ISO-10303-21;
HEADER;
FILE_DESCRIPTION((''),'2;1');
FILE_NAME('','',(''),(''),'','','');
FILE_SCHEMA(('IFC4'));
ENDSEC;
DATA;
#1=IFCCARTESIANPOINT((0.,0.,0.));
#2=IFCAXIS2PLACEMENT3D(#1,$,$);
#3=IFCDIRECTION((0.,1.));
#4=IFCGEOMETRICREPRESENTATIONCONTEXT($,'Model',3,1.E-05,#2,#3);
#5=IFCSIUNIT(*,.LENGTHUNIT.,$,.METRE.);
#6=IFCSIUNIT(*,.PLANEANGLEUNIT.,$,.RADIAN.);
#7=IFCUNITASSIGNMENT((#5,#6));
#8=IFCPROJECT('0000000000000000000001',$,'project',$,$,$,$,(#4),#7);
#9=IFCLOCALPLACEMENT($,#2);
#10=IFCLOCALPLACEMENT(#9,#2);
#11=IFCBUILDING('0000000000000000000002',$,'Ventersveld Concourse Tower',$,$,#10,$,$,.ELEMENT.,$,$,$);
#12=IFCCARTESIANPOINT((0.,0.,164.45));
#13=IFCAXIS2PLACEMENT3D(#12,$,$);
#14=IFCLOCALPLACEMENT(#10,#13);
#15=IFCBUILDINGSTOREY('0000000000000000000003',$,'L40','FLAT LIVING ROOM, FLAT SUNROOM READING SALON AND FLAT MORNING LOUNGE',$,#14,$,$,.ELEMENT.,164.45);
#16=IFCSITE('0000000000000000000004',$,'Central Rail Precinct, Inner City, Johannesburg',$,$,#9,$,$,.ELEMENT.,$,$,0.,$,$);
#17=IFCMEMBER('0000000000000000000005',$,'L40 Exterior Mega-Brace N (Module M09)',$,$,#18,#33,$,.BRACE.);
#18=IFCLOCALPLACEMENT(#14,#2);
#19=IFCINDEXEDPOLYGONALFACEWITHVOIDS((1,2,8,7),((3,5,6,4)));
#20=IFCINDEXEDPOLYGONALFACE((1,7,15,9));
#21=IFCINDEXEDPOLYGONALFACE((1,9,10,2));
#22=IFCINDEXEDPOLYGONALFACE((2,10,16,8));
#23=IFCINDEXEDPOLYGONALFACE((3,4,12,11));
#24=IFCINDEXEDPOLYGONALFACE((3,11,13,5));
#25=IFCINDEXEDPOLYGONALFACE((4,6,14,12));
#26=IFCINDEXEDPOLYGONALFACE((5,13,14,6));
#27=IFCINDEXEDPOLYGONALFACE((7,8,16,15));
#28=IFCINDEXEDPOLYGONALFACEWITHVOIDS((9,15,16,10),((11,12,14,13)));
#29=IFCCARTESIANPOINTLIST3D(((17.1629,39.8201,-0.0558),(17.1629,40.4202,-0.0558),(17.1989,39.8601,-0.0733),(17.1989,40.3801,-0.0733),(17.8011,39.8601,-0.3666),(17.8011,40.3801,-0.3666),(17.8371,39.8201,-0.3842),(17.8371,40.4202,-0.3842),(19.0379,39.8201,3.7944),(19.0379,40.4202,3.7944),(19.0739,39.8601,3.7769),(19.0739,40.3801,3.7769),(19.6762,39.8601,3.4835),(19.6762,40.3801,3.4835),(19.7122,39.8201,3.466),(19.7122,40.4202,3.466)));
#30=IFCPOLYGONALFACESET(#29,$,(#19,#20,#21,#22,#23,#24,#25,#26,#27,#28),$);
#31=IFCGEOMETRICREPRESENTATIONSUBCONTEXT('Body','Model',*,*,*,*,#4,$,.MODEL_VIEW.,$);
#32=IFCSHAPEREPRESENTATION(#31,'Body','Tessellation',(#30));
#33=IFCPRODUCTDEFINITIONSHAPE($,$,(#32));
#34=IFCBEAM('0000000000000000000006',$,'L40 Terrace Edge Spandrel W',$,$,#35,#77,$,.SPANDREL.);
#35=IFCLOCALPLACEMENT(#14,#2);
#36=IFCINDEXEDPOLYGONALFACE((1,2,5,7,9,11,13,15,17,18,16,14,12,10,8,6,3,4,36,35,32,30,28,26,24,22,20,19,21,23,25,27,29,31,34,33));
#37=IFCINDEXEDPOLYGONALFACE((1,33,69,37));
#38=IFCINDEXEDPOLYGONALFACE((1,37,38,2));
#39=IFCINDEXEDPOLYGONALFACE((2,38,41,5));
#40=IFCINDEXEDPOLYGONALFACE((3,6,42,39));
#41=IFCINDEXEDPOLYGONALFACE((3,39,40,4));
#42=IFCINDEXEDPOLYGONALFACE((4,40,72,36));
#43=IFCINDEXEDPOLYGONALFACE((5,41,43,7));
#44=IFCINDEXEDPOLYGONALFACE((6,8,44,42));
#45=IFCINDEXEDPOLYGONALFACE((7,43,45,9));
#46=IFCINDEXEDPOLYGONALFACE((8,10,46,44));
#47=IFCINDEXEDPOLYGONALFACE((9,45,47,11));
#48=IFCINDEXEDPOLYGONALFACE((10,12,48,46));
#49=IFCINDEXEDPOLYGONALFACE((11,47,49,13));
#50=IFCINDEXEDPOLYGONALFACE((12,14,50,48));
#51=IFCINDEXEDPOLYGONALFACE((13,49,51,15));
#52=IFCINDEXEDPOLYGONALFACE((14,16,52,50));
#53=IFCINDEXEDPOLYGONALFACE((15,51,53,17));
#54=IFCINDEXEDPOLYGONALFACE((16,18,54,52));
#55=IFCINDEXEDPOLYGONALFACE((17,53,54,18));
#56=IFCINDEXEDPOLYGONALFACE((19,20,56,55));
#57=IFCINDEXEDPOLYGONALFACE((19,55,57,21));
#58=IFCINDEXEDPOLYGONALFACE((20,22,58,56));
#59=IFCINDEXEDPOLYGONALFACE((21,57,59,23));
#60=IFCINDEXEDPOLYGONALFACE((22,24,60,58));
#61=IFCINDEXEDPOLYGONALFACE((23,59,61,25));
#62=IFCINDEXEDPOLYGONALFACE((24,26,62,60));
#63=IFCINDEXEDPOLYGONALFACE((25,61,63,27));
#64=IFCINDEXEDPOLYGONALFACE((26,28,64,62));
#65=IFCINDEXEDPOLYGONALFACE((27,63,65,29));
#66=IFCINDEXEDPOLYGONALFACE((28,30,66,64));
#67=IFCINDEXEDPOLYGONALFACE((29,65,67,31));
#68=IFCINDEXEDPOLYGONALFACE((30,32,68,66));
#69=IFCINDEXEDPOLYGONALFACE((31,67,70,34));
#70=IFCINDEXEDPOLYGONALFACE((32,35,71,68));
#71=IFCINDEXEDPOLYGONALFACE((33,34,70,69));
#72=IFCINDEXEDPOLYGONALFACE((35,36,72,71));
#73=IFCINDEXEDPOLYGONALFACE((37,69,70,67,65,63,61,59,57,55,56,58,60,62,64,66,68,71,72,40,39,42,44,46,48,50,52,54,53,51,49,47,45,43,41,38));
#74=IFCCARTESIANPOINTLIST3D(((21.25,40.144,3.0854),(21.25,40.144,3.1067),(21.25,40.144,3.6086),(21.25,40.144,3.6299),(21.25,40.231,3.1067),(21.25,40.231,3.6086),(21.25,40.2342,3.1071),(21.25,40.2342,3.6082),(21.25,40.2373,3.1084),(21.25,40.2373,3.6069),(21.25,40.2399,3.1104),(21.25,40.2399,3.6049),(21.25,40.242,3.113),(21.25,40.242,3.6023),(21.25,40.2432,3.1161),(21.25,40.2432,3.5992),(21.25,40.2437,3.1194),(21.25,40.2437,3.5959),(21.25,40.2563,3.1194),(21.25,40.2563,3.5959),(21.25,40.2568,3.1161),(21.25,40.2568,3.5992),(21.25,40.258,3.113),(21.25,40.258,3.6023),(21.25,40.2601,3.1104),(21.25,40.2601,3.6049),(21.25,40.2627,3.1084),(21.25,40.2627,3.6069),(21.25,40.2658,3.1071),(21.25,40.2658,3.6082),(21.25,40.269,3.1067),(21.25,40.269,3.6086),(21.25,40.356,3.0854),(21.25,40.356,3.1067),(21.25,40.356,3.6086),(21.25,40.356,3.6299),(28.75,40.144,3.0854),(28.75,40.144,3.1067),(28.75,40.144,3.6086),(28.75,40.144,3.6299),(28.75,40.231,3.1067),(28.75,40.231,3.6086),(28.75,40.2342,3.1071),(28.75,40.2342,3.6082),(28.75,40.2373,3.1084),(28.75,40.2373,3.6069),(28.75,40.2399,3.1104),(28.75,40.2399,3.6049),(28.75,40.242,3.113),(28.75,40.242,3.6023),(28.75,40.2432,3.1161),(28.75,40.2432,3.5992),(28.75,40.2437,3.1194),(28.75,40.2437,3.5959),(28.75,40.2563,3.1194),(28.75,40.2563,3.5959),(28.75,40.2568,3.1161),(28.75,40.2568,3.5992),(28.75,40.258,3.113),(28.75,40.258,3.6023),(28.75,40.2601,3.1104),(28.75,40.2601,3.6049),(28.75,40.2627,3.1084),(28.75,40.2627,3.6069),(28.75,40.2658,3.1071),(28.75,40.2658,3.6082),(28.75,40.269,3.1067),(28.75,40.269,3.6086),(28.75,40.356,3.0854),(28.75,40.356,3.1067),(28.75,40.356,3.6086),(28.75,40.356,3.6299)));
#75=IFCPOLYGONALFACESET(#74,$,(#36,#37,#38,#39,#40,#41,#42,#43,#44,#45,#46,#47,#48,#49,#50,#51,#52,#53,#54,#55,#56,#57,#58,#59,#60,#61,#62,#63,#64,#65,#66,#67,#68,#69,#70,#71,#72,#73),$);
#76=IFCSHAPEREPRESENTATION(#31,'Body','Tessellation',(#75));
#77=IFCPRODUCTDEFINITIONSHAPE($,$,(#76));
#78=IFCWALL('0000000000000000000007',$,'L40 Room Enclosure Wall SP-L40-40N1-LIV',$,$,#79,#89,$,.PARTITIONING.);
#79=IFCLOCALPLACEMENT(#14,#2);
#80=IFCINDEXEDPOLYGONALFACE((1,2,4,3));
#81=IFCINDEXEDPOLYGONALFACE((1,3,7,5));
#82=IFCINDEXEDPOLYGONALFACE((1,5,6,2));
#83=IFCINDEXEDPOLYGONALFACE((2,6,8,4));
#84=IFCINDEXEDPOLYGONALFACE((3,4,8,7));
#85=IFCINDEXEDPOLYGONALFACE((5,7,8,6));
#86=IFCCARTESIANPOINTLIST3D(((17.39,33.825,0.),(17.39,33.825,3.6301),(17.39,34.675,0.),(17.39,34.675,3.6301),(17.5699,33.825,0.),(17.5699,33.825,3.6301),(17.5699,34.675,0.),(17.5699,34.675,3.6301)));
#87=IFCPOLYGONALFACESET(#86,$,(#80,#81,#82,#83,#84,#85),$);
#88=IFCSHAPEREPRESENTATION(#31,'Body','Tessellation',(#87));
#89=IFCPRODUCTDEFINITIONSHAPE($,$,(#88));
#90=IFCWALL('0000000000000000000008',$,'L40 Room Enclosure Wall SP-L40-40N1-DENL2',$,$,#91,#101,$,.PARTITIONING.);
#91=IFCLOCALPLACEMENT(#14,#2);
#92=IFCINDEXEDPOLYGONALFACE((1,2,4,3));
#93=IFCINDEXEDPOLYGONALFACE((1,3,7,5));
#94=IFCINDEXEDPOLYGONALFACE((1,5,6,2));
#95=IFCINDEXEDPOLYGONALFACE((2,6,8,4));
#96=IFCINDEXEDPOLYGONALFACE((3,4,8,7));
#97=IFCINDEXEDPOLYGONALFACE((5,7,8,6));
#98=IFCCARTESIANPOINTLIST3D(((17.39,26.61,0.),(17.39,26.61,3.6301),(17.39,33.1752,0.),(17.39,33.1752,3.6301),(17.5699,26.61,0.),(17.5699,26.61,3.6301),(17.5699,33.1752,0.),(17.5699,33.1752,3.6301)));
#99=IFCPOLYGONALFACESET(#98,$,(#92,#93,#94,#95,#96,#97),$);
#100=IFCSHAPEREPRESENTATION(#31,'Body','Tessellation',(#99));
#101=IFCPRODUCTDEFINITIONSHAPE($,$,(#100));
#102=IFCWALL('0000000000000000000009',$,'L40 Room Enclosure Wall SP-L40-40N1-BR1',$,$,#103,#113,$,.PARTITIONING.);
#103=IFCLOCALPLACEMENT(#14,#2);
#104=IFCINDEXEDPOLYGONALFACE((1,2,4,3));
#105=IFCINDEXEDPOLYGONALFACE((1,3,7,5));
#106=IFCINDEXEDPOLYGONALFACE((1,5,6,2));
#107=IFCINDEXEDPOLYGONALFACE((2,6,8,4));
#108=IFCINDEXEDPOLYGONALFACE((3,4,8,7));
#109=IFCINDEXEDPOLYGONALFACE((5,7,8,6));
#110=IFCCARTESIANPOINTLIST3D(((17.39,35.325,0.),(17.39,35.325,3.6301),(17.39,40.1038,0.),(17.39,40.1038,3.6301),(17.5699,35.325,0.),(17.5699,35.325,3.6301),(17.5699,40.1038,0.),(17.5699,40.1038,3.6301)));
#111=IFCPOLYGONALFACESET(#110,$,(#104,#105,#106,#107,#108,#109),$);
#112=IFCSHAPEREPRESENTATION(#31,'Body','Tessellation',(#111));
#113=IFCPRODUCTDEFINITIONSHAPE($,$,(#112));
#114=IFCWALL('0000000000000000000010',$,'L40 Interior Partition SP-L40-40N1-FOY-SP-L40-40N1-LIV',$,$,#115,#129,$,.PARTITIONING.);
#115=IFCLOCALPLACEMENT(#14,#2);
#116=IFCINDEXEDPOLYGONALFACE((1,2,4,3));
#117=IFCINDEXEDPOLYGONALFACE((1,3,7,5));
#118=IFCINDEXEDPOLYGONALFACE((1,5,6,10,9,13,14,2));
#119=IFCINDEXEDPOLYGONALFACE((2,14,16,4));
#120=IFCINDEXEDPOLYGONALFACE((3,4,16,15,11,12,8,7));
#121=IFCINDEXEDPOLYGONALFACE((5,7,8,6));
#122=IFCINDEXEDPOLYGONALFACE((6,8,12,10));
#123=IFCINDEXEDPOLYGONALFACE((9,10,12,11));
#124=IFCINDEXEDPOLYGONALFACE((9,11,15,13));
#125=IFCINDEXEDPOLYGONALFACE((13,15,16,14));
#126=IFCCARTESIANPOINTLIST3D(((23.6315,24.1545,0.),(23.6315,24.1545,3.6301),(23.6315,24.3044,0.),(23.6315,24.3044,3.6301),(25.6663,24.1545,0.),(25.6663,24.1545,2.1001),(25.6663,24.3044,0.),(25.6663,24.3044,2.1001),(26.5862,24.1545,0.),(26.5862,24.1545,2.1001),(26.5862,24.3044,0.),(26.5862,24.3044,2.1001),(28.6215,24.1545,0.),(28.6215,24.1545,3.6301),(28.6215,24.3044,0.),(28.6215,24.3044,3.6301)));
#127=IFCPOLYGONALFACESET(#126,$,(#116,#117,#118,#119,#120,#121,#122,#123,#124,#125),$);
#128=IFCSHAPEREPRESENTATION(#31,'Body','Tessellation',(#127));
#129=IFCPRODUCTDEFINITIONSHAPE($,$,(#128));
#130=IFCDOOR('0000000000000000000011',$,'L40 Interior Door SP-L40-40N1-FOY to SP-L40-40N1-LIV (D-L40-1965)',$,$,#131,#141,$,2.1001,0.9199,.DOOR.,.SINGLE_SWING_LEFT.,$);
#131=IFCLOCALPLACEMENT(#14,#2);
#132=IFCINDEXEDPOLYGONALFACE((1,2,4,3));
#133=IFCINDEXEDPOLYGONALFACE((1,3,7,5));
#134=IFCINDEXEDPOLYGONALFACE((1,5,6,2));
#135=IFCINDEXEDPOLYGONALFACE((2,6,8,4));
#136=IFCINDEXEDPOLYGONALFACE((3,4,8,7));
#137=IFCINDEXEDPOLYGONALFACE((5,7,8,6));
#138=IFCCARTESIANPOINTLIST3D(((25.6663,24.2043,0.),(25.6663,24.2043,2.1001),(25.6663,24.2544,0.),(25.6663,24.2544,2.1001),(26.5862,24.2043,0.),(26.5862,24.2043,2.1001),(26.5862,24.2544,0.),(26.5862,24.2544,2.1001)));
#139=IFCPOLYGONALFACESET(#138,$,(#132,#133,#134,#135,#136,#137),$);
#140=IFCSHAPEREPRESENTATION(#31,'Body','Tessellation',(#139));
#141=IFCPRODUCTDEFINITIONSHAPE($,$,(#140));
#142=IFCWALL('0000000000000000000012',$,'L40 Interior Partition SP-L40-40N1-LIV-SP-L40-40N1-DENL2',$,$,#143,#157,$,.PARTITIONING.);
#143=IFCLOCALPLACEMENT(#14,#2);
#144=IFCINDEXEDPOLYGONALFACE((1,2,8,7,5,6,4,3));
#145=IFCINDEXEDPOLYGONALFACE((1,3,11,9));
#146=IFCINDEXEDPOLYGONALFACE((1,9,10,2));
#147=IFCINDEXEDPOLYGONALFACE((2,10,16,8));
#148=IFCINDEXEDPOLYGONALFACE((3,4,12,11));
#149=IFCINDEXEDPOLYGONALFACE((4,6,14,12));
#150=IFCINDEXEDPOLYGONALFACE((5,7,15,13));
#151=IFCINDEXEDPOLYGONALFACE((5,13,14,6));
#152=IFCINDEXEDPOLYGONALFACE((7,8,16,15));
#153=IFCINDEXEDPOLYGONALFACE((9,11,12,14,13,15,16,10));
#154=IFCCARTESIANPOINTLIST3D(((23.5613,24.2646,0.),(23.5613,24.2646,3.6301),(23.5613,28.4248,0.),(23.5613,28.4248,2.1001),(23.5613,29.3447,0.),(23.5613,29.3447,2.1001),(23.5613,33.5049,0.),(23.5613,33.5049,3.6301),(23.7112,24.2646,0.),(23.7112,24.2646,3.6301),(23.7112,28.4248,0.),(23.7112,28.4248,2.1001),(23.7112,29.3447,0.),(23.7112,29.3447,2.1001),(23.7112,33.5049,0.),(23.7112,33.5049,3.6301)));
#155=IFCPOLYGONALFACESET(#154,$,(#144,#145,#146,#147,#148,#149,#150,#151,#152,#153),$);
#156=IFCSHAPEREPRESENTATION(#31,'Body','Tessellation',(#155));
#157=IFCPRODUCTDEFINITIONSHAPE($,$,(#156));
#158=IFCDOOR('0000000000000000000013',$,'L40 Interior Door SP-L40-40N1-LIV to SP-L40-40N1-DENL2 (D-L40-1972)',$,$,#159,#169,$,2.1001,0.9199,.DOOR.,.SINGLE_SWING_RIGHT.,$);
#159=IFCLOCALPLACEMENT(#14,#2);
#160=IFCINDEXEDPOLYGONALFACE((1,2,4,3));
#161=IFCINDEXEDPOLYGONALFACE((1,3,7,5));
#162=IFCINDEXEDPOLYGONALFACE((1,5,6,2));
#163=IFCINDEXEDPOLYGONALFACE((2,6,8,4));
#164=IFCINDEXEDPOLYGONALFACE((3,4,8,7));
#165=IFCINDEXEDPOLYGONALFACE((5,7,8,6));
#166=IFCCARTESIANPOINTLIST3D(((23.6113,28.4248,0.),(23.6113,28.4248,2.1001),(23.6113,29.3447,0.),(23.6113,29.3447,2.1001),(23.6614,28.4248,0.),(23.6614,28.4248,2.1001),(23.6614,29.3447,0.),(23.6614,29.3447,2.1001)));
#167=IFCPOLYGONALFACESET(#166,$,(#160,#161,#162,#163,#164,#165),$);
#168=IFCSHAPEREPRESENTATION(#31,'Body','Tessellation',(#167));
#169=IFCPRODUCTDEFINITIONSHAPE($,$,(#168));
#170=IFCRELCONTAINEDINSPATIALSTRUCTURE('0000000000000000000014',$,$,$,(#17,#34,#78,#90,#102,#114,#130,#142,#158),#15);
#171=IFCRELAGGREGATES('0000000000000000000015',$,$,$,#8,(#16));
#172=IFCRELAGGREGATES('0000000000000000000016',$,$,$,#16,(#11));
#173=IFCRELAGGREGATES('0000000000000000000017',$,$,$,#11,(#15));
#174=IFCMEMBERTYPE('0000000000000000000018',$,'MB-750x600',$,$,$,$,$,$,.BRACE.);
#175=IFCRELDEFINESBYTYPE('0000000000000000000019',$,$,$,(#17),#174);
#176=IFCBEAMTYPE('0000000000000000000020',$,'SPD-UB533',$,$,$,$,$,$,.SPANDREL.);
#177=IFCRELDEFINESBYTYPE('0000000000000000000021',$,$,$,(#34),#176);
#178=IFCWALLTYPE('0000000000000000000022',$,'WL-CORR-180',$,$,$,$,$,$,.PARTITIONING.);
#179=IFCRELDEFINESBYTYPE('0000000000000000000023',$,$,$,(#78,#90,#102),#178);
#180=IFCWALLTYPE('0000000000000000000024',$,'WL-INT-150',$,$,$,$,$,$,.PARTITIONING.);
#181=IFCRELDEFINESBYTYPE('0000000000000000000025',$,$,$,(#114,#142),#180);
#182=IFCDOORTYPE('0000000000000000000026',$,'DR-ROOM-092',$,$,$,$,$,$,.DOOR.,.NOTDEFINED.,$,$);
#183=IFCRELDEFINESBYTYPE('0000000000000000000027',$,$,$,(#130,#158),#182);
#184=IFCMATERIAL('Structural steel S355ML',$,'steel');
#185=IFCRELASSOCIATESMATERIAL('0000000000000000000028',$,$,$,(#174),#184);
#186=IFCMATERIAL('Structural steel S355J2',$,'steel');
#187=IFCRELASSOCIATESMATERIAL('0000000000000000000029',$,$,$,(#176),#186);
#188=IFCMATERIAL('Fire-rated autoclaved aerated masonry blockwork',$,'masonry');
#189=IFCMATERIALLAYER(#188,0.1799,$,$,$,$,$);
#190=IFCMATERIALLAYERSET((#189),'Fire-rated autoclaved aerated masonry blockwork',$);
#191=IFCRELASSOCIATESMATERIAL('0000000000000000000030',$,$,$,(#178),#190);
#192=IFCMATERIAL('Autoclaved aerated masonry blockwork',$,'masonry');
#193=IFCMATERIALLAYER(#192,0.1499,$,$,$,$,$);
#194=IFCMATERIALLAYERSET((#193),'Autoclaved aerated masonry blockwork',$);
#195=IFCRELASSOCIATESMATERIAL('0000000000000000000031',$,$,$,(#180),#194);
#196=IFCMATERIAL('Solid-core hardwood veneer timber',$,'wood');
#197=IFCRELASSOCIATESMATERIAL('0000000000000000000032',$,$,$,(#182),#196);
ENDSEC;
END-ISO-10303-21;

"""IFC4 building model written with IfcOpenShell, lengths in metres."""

from ifc_helpers import new_model, si_unit, direction, frame, frame_2d, origin, origin_2d, place, context, subcontext, project, spatial, rectangle, hollow_rectangle, i_section, extrude, material, layer, layer_set, material_profile, profile_set, type_object, element, fill, save


model = new_model("IFC4")

# Units and contexts
model_context = context("Model", 3, precision=1e-05, world=origin(), true_north=direction((0.0, 1.0)))
body_context = subcontext(model_context, "Body", "Model", "MODEL_VIEW")
ifc_project = project(units=[si_unit("LENGTHUNIT", "METRE"), si_unit("PLANEANGLEUNIT", "RADIAN")], contexts=[model_context])

# Site, building, storey
site_placement = place(None, origin())
site = spatial("IfcSite", under=ifc_project, at=site_placement, Name="Central Rail Precinct, Inner City, Johannesburg", CompositionType="ELEMENT", RefElevation=0.0)
building_placement = place(site_placement, origin())
building = spatial("IfcBuilding", under=site, at=building_placement, Name="Ventersveld Concourse Tower", CompositionType="ELEMENT")
storey_placement = place(building_placement, frame((0.0, 0.0, 164.45)))
storey = spatial("IfcBuildingStorey", under=building, at=storey_placement, Name="L40", Description="FLAT LIVING ROOM, FLAT SUNROOM READING SALON AND FLAT MORNING LOUNGE", CompositionType="ELEMENT", Elevation=164.45)

# Shared definitions
ifc_material_1 = material(Name="Structural steel S355J2", Category="steel")

# Member
ifc_material_2 = material(Name="Structural steel S355ML", Category="steel")
ifc_material_profile_1 = material_profile(ifc_material_2, hollow_rectangle(XDim=0.6001, YDim=0.75, WallThickness=0.04, at=origin_2d()), Name="BOX 750x600x40")
ifc_profile_set_1 = profile_set([ifc_material_profile_1], Name="Structural steel S355ML")
member_type = type_object("IfcMemberType", Name="MB-750x600", PredefinedType="BRACE", material=ifc_profile_set_1)
member_placement = place(storey_placement, frame((17.5, 40.1201, -0.22), z_axis=(0.437839, 0.0, 0.899053), x_axis=(0.0, 1.0, 0.0)))
element("IfcMember", 1, at=member_placement, inside=storey, type_object=member_type, Name="L40 Exterior Mega-Brace N (Module M09)", PredefinedType="BRACE", context=body_context, shape_type="SweptSolid", body=[
    extrude(hollow_rectangle(XDim=0.6001, YDim=0.75, WallThickness=0.04, at=origin_2d()), origin(), (0.0, 0.0, 1.0), 4.2825),
])

# Beam
ifc_material_profile_2 = material_profile(ifc_material_1, i_section(OverallWidth=0.2119, OverallDepth=0.5444, WebThickness=0.0127, FlangeThickness=0.0212, FilletRadius=0.0127, at=origin_2d()), Name="UB 533x210x122")
ifc_profile_set_2 = profile_set([ifc_material_profile_2], Name="Structural steel S355J2")
beam_type_1 = type_object("IfcBeamType", Name="SPD-UB533", PredefinedType="SPANDREL", material=ifc_profile_set_2)
beam_1_placement = place(storey_placement, frame((21.25, 40.25, 3.3577), z_axis=(1.0, 0.0, 0.0), x_axis=(0.0, 1.0, 0.0)))
element("IfcBeam", 2, at=beam_1_placement, inside=storey, type_object=beam_type_1, Name="L40 Terrace Edge Spandrel W", PredefinedType="SPANDREL", context=body_context, shape_type="SweptSolid", body=[
    extrude(i_section(OverallWidth=0.2119, OverallDepth=0.5444, WebThickness=0.0127, FlangeThickness=0.0212, FilletRadius=0.0127, at=origin_2d()), origin(), (0.0, 0.0, 1.0), 7.5),
])

# Walls
ifc_material_3 = material(Name="Fire-rated autoclaved aerated masonry blockwork", Category="masonry")
ifc_layer_1 = layer(ifc_material_3, 0.1799)
ifc_layer_set_1 = layer_set([ifc_layer_1], Name="Fire-rated autoclaved aerated masonry blockwork")
wall_type_1 = type_object("IfcWallType", Name="WL-CORR-180", PredefinedType="PARTITIONING", material=ifc_layer_set_1)
wall_1_placement = place(storey_placement, frame((17.48, 33.825, 0.0), z_axis=(0.0, 0.0, 1.0), x_axis=(0.0, 1.0, 0.0)))
element("IfcWall", 3, at=wall_1_placement, inside=storey, type_object=wall_type_1, Name="L40 Room Enclosure Wall SP-L40-40N1-LIV", PredefinedType="PARTITIONING", context=body_context, shape_type="SweptSolid", body=[
    extrude(rectangle(XDim=0.8501, YDim=0.1799, at=frame_2d((0.425, 0.0))), origin(), (0.0, 0.0, 1.0), 3.6301),
])
wall_2_placement = place(storey_placement, frame((17.48, 26.6099, 0.0), z_axis=(0.0, 0.0, 1.0), x_axis=(0.0, 1.0, 0.0)))
element("IfcWall", 4, at=wall_2_placement, inside=storey, type_object=wall_type_1, Name="L40 Room Enclosure Wall SP-L40-40N1-DENL2", PredefinedType="PARTITIONING", context=body_context, shape_type="SweptSolid", body=[
    extrude(rectangle(XDim=6.5652, YDim=0.1799, at=frame_2d((3.2827, 0.0))), origin(), (0.0, 0.0, 1.0), 3.6301),
])
wall_3_placement = place(storey_placement, frame((17.48, 35.325, 0.0), z_axis=(0.0, 0.0, 1.0), x_axis=(0.0, 1.0, 0.0)))
element("IfcWall", 5, at=wall_3_placement, inside=storey, type_object=wall_type_1, Name="L40 Room Enclosure Wall SP-L40-40N1-BR1", PredefinedType="PARTITIONING", context=body_context, shape_type="SweptSolid", body=[
    extrude(rectangle(XDim=4.7788, YDim=0.1799, at=frame_2d((2.3894, 0.0))), origin(), (0.0, 0.0, 1.0), 3.6301),
])

# Walls, openings, doors
ifc_material_4 = material(Name="Autoclaved aerated masonry blockwork", Category="masonry")
ifc_layer_2 = layer(ifc_material_4, 0.1499)
ifc_layer_set_2 = layer_set([ifc_layer_2], Name="Autoclaved aerated masonry blockwork")
wall_type_2 = type_object("IfcWallType", Name="WL-INT-150", PredefinedType="PARTITIONING", material=ifc_layer_set_2)
wall_4_placement = place(storey_placement, frame((23.6313, 24.2295, 0.0), z_axis=(0.0, 0.0, 1.0), x_axis=(1.0, 0.0, 0.0)))
wall_4 = element("IfcWall", 6, at=wall_4_placement, inside=storey, type_object=wall_type_2, Name="L40 Interior Partition SP-L40-40N1-FOY-SP-L40-40N1-LIV", PredefinedType="PARTITIONING", context=body_context, shape_type="SweptSolid", body=[
    extrude(rectangle(XDim=4.99, YDim=0.1499, at=frame_2d((2.4951, 0.0))), origin(), (0.0, 0.0, 1.0), 3.6301),
])
opening_1_placement = place(wall_4_placement, frame((2.0349, 0.0, 0.0)))
opening_1 = element("IfcOpeningElement", 7, at=opening_1_placement, cuts=wall_4, PredefinedType="OPENING", context=body_context, shape_type="SweptSolid", body=[
    extrude(rectangle(XDim=0.9199, YDim=2.1001, at=frame_2d((0.46, 1.05))), frame((0.0, 0.085, 0.0), z_axis=(0.0, -1.0, 0.0), x_axis=(1.0, 0.0, 0.0)), (0.0, 0.0, 1.0), 0.1699),
])
ifc_material_5 = material(Name="Solid-core hardwood veneer timber", Category="wood")
door_type = type_object("IfcDoorType", Name="DR-ROOM-092", OperationType="NOTDEFINED", PredefinedType="DOOR", material=ifc_material_5)
door_1_placement = place(opening_1_placement, origin())
door_1 = element("IfcDoor", 8, at=door_1_placement, inside=storey, type_object=door_type, Name="L40 Interior Door SP-L40-40N1-FOY to SP-L40-40N1-LIV (D-L40-1965)", OperationType="SINGLE_SWING_LEFT", OverallHeight=2.1001, OverallWidth=0.9199, PredefinedType="DOOR", context=body_context, shape_type="SweptSolid", body=[
    extrude(rectangle(XDim=0.9199, YDim=2.1001, at=frame_2d((0.46, 1.05))), frame((0.0, 0.0249, 0.0), z_axis=(0.0, -1.0, 0.0), x_axis=(1.0, 0.0, 0.0)), (0.0, 0.0, 1.0), 0.05),
])
fill(opening_1, door_1)
wall_5_placement = place(storey_placement, frame((23.6362, 24.2646, 0.0), z_axis=(0.0, 0.0, 1.0), x_axis=(0.0, 1.0, 0.0)))
wall_5 = element("IfcWall", 9, at=wall_5_placement, inside=storey, type_object=wall_type_2, Name="L40 Interior Partition SP-L40-40N1-LIV-SP-L40-40N1-DENL2", PredefinedType="PARTITIONING", context=body_context, shape_type="SweptSolid", body=[
    extrude(rectangle(XDim=9.2402, YDim=0.1499, at=frame_2d((4.6201, 0.0))), origin(), (0.0, 0.0, 1.0), 3.6301),
])
opening_2_placement = place(wall_5_placement, frame((4.1602, 0.0, 0.0)))
opening_2 = element("IfcOpeningElement", 10, at=opening_2_placement, cuts=wall_5, PredefinedType="OPENING", context=body_context, shape_type="SweptSolid", body=[
    extrude(rectangle(XDim=0.9199, YDim=2.1001, at=frame_2d((0.46, 1.05))), frame((0.0, 0.085, 0.0), z_axis=(0.0, -1.0, 0.0), x_axis=(1.0, 0.0, 0.0)), (0.0, 0.0, 1.0), 0.1699),
])
door_2_placement = place(opening_2_placement, origin())
door_2 = element("IfcDoor", 11, at=door_2_placement, inside=storey, type_object=door_type, Name="L40 Interior Door SP-L40-40N1-LIV to SP-L40-40N1-DENL2 (D-L40-1972)", OperationType="SINGLE_SWING_RIGHT", OverallHeight=2.1001, OverallWidth=0.9199, PredefinedType="DOOR", context=body_context, shape_type="SweptSolid", body=[
    extrude(rectangle(XDim=0.9199, YDim=2.1001, at=frame_2d((0.46, 1.05))), frame((0.0, 0.0249, 0.0), z_axis=(0.0, -1.0, 0.0), x_axis=(1.0, 0.0, 0.0)), (0.0, 0.0, 1.0), 0.05),
])
fill(opening_2, door_2)

save(model, "model.ifc")
